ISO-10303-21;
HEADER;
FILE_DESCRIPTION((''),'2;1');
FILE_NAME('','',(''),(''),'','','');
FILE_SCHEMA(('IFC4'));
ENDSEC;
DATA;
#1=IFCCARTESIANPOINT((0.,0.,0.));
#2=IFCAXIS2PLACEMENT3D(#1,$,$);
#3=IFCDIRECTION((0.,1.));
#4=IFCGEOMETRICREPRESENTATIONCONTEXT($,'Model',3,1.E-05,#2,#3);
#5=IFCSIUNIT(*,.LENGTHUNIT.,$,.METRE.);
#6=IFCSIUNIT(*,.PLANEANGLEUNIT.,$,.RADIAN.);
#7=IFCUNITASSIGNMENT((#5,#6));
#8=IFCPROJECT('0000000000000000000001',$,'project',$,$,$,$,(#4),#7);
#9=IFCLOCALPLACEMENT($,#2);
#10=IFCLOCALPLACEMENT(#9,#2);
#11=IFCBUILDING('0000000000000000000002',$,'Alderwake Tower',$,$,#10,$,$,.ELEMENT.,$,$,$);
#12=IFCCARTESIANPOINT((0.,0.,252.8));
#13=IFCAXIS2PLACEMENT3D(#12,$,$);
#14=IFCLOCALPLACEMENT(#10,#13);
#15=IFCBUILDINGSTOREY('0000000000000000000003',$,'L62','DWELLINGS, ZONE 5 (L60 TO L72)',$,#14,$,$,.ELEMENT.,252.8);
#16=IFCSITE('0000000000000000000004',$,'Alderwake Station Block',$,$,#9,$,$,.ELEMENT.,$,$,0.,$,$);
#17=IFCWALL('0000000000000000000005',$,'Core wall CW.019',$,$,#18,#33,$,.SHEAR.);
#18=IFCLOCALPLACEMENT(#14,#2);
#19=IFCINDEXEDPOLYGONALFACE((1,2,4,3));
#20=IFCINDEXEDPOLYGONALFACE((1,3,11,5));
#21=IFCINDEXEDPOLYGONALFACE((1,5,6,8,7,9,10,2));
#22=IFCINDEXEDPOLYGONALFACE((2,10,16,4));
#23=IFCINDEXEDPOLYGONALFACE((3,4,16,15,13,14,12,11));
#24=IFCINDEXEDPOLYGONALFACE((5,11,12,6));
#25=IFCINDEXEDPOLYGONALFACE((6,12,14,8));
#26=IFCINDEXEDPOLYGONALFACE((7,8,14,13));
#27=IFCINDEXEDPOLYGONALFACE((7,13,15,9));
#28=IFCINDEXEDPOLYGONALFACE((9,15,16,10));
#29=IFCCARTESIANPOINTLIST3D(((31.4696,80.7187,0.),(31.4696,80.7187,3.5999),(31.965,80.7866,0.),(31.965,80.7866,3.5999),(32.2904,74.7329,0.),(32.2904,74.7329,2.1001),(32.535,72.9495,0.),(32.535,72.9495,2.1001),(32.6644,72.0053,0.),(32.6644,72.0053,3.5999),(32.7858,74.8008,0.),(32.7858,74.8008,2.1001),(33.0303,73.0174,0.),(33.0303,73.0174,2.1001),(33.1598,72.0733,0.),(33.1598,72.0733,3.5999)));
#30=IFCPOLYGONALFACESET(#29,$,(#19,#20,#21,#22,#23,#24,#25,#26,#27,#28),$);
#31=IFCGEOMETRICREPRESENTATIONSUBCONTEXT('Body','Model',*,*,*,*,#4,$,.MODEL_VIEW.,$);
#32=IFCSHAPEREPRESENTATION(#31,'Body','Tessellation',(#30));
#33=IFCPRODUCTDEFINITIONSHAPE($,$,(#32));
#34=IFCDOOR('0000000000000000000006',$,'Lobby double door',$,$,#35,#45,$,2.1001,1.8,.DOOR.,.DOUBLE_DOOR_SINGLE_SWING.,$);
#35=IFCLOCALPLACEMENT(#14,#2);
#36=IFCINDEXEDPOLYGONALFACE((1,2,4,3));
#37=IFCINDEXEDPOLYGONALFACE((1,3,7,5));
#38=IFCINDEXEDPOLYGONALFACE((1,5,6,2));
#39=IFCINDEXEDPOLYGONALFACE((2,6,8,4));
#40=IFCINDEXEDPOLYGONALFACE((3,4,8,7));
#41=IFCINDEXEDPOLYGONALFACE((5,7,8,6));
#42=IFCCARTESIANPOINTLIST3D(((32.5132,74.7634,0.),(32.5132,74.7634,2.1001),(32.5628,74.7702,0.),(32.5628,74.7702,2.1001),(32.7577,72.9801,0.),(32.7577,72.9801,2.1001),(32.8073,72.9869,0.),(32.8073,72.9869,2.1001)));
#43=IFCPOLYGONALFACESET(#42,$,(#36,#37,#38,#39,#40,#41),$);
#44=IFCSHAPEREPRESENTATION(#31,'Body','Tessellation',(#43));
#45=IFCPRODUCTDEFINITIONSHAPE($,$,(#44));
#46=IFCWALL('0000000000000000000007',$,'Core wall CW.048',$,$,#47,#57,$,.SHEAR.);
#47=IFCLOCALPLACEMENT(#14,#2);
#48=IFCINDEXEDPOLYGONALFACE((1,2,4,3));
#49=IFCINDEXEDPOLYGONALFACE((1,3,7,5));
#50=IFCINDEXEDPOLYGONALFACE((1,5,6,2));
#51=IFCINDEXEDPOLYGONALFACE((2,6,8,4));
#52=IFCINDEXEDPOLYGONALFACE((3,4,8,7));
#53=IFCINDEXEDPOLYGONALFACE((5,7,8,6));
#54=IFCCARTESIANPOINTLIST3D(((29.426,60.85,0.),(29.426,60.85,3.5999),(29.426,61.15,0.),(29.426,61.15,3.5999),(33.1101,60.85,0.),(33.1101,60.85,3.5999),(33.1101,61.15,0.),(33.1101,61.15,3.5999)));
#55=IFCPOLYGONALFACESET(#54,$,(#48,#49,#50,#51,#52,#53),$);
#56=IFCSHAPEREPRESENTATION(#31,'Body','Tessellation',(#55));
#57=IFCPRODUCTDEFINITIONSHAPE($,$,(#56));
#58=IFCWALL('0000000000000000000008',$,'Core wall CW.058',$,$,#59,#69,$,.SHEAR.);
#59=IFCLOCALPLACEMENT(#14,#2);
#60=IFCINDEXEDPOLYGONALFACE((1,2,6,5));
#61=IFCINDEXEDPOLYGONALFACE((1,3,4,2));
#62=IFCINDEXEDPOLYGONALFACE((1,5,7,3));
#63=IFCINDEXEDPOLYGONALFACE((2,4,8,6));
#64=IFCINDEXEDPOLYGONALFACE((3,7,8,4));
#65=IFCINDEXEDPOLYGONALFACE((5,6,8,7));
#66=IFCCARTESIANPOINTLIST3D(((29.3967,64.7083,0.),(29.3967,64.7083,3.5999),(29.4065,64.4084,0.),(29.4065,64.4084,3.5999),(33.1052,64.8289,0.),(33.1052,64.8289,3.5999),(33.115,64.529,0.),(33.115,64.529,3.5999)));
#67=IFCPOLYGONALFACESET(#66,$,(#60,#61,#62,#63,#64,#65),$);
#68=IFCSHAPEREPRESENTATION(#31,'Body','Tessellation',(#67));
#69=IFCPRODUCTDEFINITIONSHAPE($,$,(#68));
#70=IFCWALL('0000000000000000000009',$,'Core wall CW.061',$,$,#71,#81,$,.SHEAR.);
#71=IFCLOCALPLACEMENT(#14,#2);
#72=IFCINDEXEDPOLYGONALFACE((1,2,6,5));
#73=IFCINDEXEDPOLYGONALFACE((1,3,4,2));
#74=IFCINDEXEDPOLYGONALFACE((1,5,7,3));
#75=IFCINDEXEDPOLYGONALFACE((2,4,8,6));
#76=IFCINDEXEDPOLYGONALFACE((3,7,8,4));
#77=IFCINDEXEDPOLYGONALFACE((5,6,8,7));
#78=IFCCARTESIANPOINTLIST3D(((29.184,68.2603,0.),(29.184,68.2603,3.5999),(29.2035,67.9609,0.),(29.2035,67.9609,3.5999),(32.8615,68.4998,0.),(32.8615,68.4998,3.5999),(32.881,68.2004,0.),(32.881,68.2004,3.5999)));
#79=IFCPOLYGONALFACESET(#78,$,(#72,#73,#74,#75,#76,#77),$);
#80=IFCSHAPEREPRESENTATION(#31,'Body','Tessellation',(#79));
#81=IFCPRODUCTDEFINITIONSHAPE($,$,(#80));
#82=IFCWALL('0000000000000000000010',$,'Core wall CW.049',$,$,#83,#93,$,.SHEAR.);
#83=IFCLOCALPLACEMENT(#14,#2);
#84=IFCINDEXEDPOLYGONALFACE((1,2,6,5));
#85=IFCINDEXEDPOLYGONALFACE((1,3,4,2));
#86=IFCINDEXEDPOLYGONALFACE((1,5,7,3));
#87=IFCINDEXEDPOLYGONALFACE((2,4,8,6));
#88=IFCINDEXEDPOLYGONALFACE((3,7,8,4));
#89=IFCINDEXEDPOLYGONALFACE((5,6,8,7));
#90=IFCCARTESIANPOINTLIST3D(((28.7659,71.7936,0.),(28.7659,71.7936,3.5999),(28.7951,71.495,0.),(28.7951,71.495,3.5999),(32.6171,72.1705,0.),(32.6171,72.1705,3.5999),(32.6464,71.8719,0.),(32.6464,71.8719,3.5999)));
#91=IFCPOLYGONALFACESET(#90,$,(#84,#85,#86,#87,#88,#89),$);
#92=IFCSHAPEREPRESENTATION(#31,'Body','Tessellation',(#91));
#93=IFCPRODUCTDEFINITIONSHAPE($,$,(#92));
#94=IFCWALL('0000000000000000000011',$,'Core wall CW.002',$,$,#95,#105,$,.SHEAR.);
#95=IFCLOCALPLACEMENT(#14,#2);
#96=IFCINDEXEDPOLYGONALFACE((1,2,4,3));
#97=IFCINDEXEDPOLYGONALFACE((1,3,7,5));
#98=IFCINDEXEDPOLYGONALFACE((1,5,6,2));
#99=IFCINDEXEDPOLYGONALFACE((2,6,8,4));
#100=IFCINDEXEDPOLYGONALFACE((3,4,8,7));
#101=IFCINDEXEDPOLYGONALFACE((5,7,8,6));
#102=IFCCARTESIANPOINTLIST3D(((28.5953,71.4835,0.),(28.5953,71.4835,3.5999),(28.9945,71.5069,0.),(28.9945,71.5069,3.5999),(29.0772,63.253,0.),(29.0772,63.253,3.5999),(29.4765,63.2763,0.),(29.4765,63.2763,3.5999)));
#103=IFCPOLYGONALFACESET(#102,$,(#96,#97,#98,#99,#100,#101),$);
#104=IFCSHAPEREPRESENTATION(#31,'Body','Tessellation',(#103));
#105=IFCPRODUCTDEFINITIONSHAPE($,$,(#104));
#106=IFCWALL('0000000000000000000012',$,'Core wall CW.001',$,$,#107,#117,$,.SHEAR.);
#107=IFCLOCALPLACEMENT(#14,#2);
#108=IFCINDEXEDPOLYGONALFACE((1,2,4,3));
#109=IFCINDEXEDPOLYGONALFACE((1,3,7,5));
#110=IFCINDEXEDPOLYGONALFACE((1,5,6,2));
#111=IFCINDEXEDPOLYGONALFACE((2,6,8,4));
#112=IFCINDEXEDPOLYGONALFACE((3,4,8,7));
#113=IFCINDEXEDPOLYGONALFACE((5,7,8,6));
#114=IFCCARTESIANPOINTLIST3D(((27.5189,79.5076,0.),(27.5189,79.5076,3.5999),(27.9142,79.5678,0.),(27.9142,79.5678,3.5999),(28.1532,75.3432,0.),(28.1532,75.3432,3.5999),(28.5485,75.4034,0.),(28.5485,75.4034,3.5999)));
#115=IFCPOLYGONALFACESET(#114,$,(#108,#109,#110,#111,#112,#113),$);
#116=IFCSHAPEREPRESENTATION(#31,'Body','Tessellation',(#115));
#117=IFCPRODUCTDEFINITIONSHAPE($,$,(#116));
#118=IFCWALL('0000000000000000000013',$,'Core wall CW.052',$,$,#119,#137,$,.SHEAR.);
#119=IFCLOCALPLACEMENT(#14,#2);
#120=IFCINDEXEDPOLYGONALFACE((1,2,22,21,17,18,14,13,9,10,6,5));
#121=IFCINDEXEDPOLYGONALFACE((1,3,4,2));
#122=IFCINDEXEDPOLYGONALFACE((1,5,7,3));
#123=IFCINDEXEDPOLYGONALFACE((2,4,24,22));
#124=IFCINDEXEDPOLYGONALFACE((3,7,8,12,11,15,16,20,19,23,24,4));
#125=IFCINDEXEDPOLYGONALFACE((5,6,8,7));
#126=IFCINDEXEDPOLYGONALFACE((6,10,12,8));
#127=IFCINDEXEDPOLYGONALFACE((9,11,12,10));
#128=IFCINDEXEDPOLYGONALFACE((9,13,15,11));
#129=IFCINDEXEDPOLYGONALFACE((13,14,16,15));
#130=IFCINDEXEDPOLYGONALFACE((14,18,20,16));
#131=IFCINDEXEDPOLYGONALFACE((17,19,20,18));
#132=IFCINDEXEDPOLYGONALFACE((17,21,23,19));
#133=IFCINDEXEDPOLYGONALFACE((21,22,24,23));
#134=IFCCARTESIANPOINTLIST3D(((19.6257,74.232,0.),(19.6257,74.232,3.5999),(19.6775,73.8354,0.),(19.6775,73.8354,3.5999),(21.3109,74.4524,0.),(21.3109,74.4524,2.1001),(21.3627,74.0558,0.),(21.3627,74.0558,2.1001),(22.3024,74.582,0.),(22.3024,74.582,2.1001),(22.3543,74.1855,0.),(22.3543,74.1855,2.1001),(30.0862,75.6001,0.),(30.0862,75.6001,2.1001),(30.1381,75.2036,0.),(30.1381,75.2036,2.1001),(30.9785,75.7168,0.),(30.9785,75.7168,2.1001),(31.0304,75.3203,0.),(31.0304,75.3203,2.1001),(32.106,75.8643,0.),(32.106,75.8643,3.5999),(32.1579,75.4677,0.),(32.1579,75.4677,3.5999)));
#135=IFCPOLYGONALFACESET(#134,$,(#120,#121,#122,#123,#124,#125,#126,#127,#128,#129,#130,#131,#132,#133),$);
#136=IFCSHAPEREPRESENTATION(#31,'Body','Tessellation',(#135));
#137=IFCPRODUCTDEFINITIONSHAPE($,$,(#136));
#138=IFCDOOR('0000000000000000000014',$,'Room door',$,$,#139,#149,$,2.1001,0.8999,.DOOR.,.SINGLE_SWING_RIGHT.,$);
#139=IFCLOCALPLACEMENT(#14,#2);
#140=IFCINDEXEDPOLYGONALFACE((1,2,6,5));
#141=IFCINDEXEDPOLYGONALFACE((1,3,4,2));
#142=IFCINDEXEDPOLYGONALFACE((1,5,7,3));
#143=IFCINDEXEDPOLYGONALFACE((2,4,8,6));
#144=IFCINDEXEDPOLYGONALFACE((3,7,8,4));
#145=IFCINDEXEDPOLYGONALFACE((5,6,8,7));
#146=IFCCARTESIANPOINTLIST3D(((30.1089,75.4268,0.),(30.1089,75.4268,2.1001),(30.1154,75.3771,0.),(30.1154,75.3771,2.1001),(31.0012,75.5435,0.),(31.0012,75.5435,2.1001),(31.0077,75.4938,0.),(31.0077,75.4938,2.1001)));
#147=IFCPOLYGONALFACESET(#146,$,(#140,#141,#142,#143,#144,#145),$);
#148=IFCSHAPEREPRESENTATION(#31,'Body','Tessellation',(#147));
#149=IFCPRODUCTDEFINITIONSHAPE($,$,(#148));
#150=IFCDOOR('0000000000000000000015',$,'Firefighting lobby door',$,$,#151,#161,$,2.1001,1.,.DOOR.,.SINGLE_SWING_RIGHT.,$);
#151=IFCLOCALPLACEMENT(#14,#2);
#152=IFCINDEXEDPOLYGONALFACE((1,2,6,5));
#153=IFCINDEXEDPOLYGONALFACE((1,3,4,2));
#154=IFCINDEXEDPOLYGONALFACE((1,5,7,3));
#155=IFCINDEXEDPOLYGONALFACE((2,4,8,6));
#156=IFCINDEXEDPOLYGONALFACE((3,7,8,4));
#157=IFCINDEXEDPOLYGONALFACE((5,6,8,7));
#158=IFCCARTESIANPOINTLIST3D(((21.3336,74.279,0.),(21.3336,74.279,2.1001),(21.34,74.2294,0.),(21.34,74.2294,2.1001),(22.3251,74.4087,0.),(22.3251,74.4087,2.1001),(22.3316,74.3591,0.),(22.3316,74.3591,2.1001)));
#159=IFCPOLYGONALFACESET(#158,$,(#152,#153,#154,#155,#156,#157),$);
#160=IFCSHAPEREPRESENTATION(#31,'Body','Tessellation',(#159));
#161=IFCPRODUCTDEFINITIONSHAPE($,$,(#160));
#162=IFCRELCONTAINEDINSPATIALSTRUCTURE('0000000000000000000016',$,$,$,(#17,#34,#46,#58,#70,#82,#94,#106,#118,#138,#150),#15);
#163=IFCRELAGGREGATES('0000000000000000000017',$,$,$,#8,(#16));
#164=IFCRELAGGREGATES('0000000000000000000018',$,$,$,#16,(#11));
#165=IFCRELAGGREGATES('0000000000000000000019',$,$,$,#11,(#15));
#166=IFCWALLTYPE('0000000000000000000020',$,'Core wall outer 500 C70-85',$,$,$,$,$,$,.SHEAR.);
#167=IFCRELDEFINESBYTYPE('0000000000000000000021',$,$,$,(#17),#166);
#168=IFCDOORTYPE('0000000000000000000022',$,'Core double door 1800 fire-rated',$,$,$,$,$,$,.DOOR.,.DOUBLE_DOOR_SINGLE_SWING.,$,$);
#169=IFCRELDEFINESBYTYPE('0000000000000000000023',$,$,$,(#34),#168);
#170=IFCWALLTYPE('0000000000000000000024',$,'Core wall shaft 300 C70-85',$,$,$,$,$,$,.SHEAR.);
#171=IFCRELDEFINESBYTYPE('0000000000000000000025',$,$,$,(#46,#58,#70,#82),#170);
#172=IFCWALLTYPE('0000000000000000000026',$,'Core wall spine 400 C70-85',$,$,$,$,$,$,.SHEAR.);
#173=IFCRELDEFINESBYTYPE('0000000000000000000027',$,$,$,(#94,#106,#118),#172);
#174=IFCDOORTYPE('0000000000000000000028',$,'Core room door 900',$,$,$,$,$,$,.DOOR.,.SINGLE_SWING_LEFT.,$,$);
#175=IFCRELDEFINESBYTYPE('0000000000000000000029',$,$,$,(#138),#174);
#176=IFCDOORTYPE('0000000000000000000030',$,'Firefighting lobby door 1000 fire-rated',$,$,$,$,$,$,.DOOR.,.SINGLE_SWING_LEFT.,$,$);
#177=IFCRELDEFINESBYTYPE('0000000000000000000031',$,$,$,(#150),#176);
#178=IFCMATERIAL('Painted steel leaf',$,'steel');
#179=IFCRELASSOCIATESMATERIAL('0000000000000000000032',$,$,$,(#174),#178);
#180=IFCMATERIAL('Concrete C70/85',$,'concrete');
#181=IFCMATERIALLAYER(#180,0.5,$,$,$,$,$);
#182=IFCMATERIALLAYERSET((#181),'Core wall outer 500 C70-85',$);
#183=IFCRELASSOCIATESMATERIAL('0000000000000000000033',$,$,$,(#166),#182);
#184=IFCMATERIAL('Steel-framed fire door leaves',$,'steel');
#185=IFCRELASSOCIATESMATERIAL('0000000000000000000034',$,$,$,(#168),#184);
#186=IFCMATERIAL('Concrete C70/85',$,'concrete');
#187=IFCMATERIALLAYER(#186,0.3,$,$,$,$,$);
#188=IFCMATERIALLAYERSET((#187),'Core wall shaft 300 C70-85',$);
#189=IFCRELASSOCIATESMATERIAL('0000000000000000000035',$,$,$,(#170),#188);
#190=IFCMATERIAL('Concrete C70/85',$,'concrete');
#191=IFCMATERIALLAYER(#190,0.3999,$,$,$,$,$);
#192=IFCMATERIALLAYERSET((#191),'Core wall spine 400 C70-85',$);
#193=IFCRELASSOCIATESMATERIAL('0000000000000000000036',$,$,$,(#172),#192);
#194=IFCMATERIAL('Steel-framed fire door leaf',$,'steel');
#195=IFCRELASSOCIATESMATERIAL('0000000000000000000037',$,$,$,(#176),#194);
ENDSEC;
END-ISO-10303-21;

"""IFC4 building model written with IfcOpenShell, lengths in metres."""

from ifc_helpers import new_model, si_unit, direction, frame, frame_2d, origin, place, context, subcontext, project, spatial, rectangle, extrude, material, layer, layer_set, type_object, element, fill, save


model = new_model("IFC4")

# Units and contexts
model_context = context("Model", 3, precision=1e-05, world=origin(), true_north=direction((0.0, 1.0)))
body_context = subcontext(model_context, "Body", "Model", "MODEL_VIEW")
ifc_project = project(units=[si_unit("LENGTHUNIT", "METRE"), si_unit("PLANEANGLEUNIT", "RADIAN")], contexts=[model_context])

# Site, building, storey
site_placement = place(None, origin())
site = spatial("IfcSite", under=ifc_project, at=site_placement, Name="Alderwake Station Block", CompositionType="ELEMENT", RefElevation=0.0)
building_placement = place(site_placement, origin())
building = spatial("IfcBuilding", under=site, at=building_placement, Name="Alderwake Tower", CompositionType="ELEMENT")
storey_placement = place(building_placement, frame((0.0, 0.0, 252.8)))
storey = spatial("IfcBuildingStorey", under=building, at=storey_placement, Name="L62", Description="DWELLINGS, ZONE 5 (L60 TO L72)", CompositionType="ELEMENT", Elevation=252.8)

# Shared definitions
ifc_material_1 = material(Name="Painted steel leaf", Category="steel")
door_type_1 = type_object("IfcDoorType", Name="Core room door 900", OperationType="SINGLE_SWING_LEFT", PredefinedType="DOOR", material=ifc_material_1)

# Shared definitions
ifc_material_2 = material(Name="Concrete C70/85", Category="concrete")
ifc_layer_1 = layer(ifc_material_2, 0.5)
ifc_layer_set_1 = layer_set([ifc_layer_1], Name="Core wall outer 500 C70-85")
wall_type_1 = type_object("IfcWallType", Name="Core wall outer 500 C70-85", PredefinedType="SHEAR", material=ifc_layer_set_1)

# Wall, opening, door
wall_1_placement = place(storey_placement, frame((31.7173, 80.7527, 0.0), z_axis=(0.0, 0.0, 1.0), x_axis=(0.135854, -0.990729, 0.0)))
wall_1 = element("IfcWall", 1, at=wall_1_placement, inside=storey, type_object=wall_type_1, Name="Core wall CW.019", PredefinedType="SHEAR", context=body_context, shape_type="SweptSolid", body=[
    extrude(rectangle(XDim=8.7949, YDim=0.5, at=frame_2d((4.3975, 0.0))), origin(), (0.0, 0.0, 1.0), 3.5999),
])
opening_1_placement = place(wall_1_placement, frame((6.042, 0.0, 0.0)))
opening_1 = element("IfcOpeningElement", 2, at=opening_1_placement, cuts=wall_1, PredefinedType="OPENING", context=body_context, shape_type="SweptSolid", body=[
    extrude(rectangle(XDim=1.8, YDim=2.1001, at=frame_2d((0.8999, 1.05))), frame((0.0, 0.26, 0.0), z_axis=(0.0, -1.0, 0.0), x_axis=(1.0, 0.0, 0.0)), (0.0, 0.0, 1.0), 0.52),
])
ifc_material_3 = material(Name="Steel-framed fire door leaves", Category="steel")
door_type_2 = type_object("IfcDoorType", Name="Core double door 1800 fire-rated", OperationType="DOUBLE_DOOR_SINGLE_SWING", PredefinedType="DOOR", material=ifc_material_3)
door_1_placement = place(opening_1_placement, origin())
door_1 = element("IfcDoor", 3, at=door_1_placement, inside=storey, type_object=door_type_2, Name="Lobby double door", OperationType="DOUBLE_DOOR_SINGLE_SWING", OverallHeight=2.1001, OverallWidth=1.8, PredefinedType="DOOR", context=body_context, shape_type="SweptSolid", body=[
    extrude(rectangle(XDim=1.8, YDim=2.1001, at=frame_2d((0.8999, 1.05))), frame((0.0, 0.0249, 0.0), z_axis=(0.0, -1.0, 0.0), x_axis=(1.0, 0.0, 0.0)), (0.0, 0.0, 1.0), 0.05),
])
fill(opening_1, door_1)

# Walls
ifc_material_4 = material(Name="Concrete C70/85", Category="concrete")
ifc_layer_2 = layer(ifc_material_4, 0.3)
ifc_layer_set_2 = layer_set([ifc_layer_2], Name="Core wall shaft 300 C70-85")
wall_type_2 = type_object("IfcWallType", Name="Core wall shaft 300 C70-85", PredefinedType="SHEAR", material=ifc_layer_set_2)
wall_2_placement = place(storey_placement, frame((29.426, 61.0, 0.0), z_axis=(0.0, 0.0, 1.0), x_axis=(1.0, 0.0, 0.0)))
element("IfcWall", 4, at=wall_2_placement, inside=storey, type_object=wall_type_2, Name="Core wall CW.048", PredefinedType="SHEAR", context=body_context, shape_type="SweptSolid", body=[
    extrude(rectangle(XDim=3.6841, YDim=0.3, at=frame_2d((1.842, 0.0))), origin(), (0.0, 0.0, 1.0), 3.5999),
])
wall_3_placement = place(storey_placement, frame((29.4016, 64.5583, 0.0), z_axis=(0.0, 0.0, 1.0), x_axis=(0.999472, 0.032504, 0.0)))
element("IfcWall", 5, at=wall_3_placement, inside=storey, type_object=wall_type_2, Name="Core wall CW.058", PredefinedType="SHEAR", context=body_context, shape_type="SweptSolid", body=[
    extrude(rectangle(XDim=3.7104, YDim=0.3, at=frame_2d((1.8552, 0.0))), origin(), (0.0, 0.0, 1.0), 3.5999),
])
wall_4_placement = place(storey_placement, frame((29.1936, 68.1106, 0.0), z_axis=(0.0, 0.0, 1.0), x_axis=(0.997886, 0.064989, 0.0)))
element("IfcWall", 6, at=wall_4_placement, inside=storey, type_object=wall_type_2, Name="Core wall CW.061", PredefinedType="SHEAR", context=body_context, shape_type="SweptSolid", body=[
    extrude(rectangle(XDim=3.6853, YDim=0.3, at=frame_2d((1.8428, 0.0))), origin(), (0.0, 0.0, 1.0), 3.5999),
])
wall_5_placement = place(storey_placement, frame((28.7805, 71.6443, 0.0), z_axis=(0.0, 0.0, 1.0), x_axis=(0.995244, 0.097411, 0.0)))
element("IfcWall", 7, at=wall_5_placement, inside=storey, type_object=wall_type_2, Name="Core wall CW.049", PredefinedType="SHEAR", context=body_context, shape_type="SweptSolid", body=[
    extrude(rectangle(XDim=3.8696, YDim=0.3, at=frame_2d((1.9348, 0.0))), origin(), (0.0, 0.0, 1.0), 3.5999),
])
ifc_material_5 = material(Name="Concrete C70/85", Category="concrete")
ifc_layer_3 = layer(ifc_material_5, 0.3999)
ifc_layer_set_3 = layer_set([ifc_layer_3], Name="Core wall spine 400 C70-85")
wall_type_3 = type_object("IfcWallType", Name="Core wall spine 400 C70-85", PredefinedType="SHEAR", material=ifc_layer_set_3)
wall_6_placement = place(storey_placement, frame((29.2769, 63.2646, 0.0), z_axis=(0.0, 0.0, 1.0), x_axis=(-0.058455, 0.99829, 0.0)))
element("IfcWall", 8, at=wall_6_placement, inside=storey, type_object=wall_type_3, Name="Core wall CW.002", PredefinedType="SHEAR", context=body_context, shape_type="SweptSolid", body=[
    extrude(rectangle(XDim=8.2446, YDim=0.3999, at=frame_2d((4.1223, 0.0))), origin(), (0.0, 0.0, 1.0), 3.5999),
])
wall_7_placement = place(storey_placement, frame((28.3508, 75.3733, 0.0), z_axis=(0.0, 0.0, 1.0), x_axis=(-0.150576, 0.988598, 0.0)))
element("IfcWall", 9, at=wall_7_placement, inside=storey, type_object=wall_type_3, Name="Core wall CW.001", PredefinedType="SHEAR", context=body_context, shape_type="SweptSolid", body=[
    extrude(rectangle(XDim=4.2124, YDim=0.3999, at=frame_2d((2.1062, 0.0))), origin(), (0.0, 0.0, 1.0), 3.5999),
])

# Wall, openings, doors
wall_8_placement = place(storey_placement, frame((32.1321, 75.666, 0.0), z_axis=(0.0, 0.0, 1.0), x_axis=(-0.991555, -0.129686, 0.0)))
wall_8 = element("IfcWall", 10, at=wall_8_placement, inside=storey, type_object=wall_type_3, Name="Core wall CW.052", PredefinedType="SHEAR", context=body_context, shape_type="SweptSolid", body=[
    extrude(rectangle(XDim=12.5867, YDim=0.3999, at=frame_2d((6.2935, 0.0))), origin(), (0.0, 0.0, 1.0), 3.5999),
])
opening_2_placement = place(wall_8_placement, frame((9.8872, 0.0, 0.0)))
opening_2 = element("IfcOpeningElement", 11, at=opening_2_placement, cuts=wall_8, PredefinedType="OPENING", context=body_context, shape_type="SweptSolid", body=[
    extrude(rectangle(XDim=1.0, YDim=2.1001, at=frame_2d((0.5, 1.05))), frame((0.0, 0.21, 0.0), z_axis=(0.0, -1.0, 0.0), x_axis=(1.0, 0.0, 0.0)), (0.0, 0.0, 1.0), 0.4199),
])
opening_3_placement = place(wall_8_placement, frame((1.1372, 0.0, 0.0)))
opening_3 = element("IfcOpeningElement", 12, at=opening_3_placement, cuts=wall_8, PredefinedType="OPENING", context=body_context, shape_type="SweptSolid", body=[
    extrude(rectangle(XDim=0.8999, YDim=2.1001, at=frame_2d((0.45, 1.05))), frame((0.0, 0.21, 0.0), z_axis=(0.0, -1.0, 0.0), x_axis=(1.0, 0.0, 0.0)), (0.0, 0.0, 1.0), 0.4199),
])
door_2_placement = place(opening_3_placement, origin())
door_2 = element("IfcDoor", 13, at=door_2_placement, inside=storey, type_object=door_type_1, Name="Room door", OperationType="SINGLE_SWING_RIGHT", OverallHeight=2.1001, OverallWidth=0.8999, PredefinedType="DOOR", context=body_context, shape_type="SweptSolid", body=[
    extrude(rectangle(XDim=0.8999, YDim=2.1001, at=frame_2d((0.45, 1.05))), frame((0.0, 0.0249, 0.0), z_axis=(0.0, -1.0, 0.0), x_axis=(1.0, 0.0, 0.0)), (0.0, 0.0, 1.0), 0.05),
])
fill(opening_3, door_2)
ifc_material_6 = material(Name="Steel-framed fire door leaf", Category="steel")
door_type_3 = type_object("IfcDoorType", Name="Firefighting lobby door 1000 fire-rated", OperationType="SINGLE_SWING_LEFT", PredefinedType="DOOR", material=ifc_material_6)
door_3_placement = place(opening_2_placement, origin())
door_3 = element("IfcDoor", 14, at=door_3_placement, inside=storey, type_object=door_type_3, Name="Firefighting lobby door", OperationType="SINGLE_SWING_RIGHT", OverallHeight=2.1001, OverallWidth=1.0, PredefinedType="DOOR", context=body_context, shape_type="SweptSolid", body=[
    extrude(rectangle(XDim=1.0, YDim=2.1001, at=frame_2d((0.5, 1.05))), frame((0.0, 0.0249, 0.0), z_axis=(0.0, -1.0, 0.0), x_axis=(1.0, 0.0, 0.0)), (0.0, 0.0, 1.0), 0.05),
])
fill(opening_2, door_3)

save(model, "model.ifc")
